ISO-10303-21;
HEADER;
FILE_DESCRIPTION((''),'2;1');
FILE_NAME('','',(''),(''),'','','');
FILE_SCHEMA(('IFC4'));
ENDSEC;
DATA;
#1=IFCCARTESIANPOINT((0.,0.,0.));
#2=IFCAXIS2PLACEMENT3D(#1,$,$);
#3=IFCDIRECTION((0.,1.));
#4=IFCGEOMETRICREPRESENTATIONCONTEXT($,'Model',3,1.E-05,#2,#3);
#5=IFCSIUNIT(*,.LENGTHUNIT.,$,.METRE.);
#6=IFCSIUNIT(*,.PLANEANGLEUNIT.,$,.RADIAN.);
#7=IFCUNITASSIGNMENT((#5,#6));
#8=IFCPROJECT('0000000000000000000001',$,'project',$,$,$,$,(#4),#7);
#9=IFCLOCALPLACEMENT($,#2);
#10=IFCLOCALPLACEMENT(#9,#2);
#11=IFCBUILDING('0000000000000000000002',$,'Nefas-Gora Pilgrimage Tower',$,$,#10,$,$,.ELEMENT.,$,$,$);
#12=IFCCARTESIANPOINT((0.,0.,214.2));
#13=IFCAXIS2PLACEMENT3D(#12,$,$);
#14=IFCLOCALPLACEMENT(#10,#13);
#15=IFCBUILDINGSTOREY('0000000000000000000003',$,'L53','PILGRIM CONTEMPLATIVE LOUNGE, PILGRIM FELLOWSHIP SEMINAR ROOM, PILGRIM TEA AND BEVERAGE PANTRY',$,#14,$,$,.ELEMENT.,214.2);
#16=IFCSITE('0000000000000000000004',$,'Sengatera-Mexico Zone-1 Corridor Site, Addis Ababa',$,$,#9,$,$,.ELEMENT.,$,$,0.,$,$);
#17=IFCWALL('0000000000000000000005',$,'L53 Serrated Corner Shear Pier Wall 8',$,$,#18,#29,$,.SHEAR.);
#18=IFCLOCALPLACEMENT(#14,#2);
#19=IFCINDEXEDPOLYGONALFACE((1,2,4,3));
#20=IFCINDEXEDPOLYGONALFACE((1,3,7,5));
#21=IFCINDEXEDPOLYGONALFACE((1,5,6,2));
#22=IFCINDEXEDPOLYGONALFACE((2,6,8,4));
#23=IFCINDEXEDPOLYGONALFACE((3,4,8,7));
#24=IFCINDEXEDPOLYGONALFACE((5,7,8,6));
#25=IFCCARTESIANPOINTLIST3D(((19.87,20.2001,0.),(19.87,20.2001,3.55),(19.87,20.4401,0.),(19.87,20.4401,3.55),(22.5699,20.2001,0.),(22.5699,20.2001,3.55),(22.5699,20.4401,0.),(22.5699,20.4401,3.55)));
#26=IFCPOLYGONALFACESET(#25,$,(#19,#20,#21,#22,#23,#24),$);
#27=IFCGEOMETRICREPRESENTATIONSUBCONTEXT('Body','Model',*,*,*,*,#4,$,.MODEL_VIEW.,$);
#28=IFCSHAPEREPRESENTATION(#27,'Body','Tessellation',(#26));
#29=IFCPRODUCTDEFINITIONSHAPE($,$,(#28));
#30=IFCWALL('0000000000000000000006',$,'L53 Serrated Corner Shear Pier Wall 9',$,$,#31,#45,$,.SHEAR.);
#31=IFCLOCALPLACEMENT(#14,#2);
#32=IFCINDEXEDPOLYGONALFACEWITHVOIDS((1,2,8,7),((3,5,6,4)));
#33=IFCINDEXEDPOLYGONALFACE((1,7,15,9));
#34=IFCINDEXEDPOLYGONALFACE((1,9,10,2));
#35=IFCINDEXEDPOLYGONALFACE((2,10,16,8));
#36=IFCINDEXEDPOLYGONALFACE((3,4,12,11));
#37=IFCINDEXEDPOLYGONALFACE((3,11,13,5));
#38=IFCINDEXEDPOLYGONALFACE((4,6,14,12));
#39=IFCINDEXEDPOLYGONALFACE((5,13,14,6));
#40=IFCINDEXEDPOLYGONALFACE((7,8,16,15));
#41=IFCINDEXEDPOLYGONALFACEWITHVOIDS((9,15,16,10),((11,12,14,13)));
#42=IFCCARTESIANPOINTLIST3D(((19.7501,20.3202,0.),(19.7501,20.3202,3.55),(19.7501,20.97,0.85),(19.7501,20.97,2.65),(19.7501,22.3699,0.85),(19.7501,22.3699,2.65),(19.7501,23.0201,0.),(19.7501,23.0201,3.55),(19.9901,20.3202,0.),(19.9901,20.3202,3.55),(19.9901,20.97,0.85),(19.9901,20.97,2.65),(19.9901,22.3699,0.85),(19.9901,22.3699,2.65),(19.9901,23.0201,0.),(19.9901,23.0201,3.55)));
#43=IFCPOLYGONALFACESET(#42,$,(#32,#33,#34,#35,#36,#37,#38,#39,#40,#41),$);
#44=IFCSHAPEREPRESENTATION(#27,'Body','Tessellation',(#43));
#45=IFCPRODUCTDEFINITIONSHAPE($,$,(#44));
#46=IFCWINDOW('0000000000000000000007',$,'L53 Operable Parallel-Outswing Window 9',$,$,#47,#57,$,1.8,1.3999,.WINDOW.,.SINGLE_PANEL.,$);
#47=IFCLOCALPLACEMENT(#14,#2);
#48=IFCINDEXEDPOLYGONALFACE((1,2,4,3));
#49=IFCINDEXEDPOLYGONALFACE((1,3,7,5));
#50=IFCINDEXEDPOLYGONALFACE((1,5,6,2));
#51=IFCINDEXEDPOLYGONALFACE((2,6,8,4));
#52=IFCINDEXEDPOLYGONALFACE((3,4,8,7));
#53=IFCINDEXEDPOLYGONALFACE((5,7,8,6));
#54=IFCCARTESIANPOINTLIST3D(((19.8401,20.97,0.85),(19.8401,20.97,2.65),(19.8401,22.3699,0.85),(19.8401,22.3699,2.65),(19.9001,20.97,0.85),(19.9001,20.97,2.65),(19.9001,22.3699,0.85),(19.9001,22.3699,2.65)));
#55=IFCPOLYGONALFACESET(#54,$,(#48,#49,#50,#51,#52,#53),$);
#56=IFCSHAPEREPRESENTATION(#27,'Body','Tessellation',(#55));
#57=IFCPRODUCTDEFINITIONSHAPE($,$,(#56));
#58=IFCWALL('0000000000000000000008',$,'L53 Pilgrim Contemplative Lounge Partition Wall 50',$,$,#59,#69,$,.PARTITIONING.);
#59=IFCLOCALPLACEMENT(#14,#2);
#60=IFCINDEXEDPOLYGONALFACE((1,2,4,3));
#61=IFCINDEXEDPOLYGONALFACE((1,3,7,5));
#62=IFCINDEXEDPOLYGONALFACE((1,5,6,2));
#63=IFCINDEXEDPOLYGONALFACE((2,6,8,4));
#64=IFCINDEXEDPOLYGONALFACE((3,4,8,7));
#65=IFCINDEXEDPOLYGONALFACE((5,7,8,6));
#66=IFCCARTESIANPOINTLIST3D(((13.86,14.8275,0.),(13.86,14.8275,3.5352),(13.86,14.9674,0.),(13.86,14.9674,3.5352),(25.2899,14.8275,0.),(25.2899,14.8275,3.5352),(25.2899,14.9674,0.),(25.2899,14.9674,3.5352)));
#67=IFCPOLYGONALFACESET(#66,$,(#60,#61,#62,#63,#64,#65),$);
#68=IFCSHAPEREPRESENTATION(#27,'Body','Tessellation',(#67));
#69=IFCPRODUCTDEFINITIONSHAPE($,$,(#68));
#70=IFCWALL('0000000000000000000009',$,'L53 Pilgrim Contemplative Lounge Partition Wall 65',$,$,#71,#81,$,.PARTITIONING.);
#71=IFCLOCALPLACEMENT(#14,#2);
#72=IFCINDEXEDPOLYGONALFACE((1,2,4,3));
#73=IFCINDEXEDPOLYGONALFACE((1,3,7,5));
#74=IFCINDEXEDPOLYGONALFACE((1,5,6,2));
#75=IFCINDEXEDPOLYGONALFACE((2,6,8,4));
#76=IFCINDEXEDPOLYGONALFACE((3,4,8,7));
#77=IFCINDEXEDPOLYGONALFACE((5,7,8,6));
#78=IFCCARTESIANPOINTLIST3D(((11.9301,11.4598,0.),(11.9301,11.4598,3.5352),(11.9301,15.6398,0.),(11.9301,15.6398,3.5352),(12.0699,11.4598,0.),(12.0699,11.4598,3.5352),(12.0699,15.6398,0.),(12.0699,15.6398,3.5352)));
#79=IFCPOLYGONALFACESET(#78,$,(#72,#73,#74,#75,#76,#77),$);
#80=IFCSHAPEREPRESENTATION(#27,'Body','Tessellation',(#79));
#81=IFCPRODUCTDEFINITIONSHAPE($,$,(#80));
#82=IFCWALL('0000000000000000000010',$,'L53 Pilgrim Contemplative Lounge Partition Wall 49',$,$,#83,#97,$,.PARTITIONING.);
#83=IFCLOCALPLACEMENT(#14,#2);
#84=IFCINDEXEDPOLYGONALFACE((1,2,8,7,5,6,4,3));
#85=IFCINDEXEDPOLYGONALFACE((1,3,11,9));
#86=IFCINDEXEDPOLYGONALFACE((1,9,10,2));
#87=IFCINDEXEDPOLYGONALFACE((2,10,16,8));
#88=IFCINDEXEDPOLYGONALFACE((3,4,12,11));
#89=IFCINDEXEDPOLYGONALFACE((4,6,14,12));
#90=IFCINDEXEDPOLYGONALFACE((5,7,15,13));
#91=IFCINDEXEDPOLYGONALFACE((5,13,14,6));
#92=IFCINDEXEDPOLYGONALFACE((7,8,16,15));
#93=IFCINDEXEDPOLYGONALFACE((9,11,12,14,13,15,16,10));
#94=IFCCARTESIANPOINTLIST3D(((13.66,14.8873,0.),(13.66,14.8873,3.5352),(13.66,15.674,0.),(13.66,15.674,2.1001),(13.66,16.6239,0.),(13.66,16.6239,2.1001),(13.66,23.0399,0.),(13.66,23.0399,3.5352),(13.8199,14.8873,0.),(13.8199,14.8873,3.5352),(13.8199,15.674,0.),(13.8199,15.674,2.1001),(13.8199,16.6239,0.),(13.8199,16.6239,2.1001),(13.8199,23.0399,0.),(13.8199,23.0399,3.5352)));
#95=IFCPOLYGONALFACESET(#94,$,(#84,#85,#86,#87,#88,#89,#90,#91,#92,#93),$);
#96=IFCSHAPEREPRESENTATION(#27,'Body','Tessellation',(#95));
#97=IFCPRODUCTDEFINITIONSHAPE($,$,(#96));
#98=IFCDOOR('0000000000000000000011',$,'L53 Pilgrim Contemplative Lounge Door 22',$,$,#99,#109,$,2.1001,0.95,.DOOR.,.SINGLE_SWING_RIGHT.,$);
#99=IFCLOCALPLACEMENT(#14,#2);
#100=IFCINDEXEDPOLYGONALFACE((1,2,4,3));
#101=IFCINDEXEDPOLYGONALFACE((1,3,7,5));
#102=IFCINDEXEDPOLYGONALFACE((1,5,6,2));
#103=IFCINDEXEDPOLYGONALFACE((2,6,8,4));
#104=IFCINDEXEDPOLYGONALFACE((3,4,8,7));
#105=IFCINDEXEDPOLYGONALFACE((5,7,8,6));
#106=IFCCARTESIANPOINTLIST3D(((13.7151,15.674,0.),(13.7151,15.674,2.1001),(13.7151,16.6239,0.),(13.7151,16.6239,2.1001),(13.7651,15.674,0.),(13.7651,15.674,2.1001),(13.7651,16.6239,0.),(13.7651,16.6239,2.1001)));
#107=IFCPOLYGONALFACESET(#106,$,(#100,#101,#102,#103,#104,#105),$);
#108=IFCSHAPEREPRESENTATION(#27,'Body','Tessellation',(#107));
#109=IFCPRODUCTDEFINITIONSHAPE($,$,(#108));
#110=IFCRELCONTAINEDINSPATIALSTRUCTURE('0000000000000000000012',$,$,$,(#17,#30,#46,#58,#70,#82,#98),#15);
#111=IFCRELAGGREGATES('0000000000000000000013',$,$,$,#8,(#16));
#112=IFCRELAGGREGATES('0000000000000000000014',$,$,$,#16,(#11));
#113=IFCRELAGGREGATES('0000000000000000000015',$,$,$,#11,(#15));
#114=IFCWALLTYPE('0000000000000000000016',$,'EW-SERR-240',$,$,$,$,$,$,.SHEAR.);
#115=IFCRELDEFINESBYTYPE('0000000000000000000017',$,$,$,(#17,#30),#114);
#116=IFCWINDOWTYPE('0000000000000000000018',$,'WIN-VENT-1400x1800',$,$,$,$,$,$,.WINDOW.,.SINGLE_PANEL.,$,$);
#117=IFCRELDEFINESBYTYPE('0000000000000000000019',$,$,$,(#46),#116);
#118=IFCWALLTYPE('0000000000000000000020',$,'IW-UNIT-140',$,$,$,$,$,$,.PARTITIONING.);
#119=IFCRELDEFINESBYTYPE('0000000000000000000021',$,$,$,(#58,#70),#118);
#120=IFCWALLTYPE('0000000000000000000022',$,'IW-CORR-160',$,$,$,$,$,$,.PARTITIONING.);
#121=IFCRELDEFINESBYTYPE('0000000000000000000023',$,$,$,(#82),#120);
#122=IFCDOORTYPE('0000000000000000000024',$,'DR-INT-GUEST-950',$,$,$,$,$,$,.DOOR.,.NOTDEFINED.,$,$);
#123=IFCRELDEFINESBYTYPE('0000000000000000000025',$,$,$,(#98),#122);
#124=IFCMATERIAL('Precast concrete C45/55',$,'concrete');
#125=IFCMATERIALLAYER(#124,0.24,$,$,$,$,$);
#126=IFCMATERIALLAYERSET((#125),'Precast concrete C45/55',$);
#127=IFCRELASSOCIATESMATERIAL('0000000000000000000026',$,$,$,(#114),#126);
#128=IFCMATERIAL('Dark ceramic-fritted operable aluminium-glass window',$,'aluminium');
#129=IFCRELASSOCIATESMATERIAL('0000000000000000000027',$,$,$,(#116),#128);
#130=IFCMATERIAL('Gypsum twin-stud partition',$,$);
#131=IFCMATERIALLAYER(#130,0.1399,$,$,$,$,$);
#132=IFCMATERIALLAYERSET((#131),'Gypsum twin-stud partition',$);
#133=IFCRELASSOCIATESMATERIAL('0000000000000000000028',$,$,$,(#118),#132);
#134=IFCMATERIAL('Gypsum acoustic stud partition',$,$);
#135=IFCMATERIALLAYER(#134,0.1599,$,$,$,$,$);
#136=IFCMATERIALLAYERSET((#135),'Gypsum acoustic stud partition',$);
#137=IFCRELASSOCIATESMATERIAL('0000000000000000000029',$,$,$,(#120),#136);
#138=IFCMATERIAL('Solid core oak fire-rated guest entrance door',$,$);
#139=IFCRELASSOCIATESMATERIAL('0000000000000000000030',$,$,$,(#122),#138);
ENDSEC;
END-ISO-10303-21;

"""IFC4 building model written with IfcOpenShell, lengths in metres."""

from ifc_helpers import new_model, si_unit, direction, frame, frame_2d, origin, place, context, subcontext, project, spatial, rectangle, extrude, source, transform, mapped, material, layer, layer_set, type_object, element, fill, save


model = new_model("IFC4")

# Units and contexts
model_context = context("Model", 3, precision=1e-05, world=origin(), true_north=direction((0.0, 1.0)))
body_context = subcontext(model_context, "Body", "Model", "MODEL_VIEW")
ifc_project = project(units=[si_unit("LENGTHUNIT", "METRE"), si_unit("PLANEANGLEUNIT", "RADIAN")], contexts=[model_context])

# Site, building, storey
site_placement = place(None, origin())
site = spatial("IfcSite", under=ifc_project, at=site_placement, Name="Sengatera-Mexico Zone-1 Corridor Site, Addis Ababa", CompositionType="ELEMENT", RefElevation=0.0)
building_placement = place(site_placement, origin())
building = spatial("IfcBuilding", under=site, at=building_placement, Name="Nefas-Gora Pilgrimage Tower", CompositionType="ELEMENT")
storey_placement = place(building_placement, frame((0.0, 0.0, 214.2)))
storey = spatial("IfcBuildingStorey", under=building, at=storey_placement, Name="L53", Description="PILGRIM CONTEMPLATIVE LOUNGE, PILGRIM FELLOWSHIP SEMINAR ROOM, PILGRIM TEA AND BEVERAGE PANTRY", CompositionType="ELEMENT", Elevation=214.2)

# Wall
ifc_material_1 = material(Name="Precast concrete C45/55", Category="concrete")
ifc_layer_1 = layer(ifc_material_1, 0.24)
ifc_layer_set_1 = layer_set([ifc_layer_1], Name="Precast concrete C45/55")
wall_type_1 = type_object("IfcWallType", Name="EW-SERR-240", PredefinedType="SHEAR", material=ifc_layer_set_1)
shared_shape_1 = source(origin(), body_context, "Body", "SweptSolid", [
    extrude(rectangle(XDim=2.7, YDim=0.24, at=frame_2d((1.3501, 0.0))), origin(), (0.0, 0.0, 1.0), 3.55),
])
for number, where, z_axis, x_axis, name in (
    (1, (22.5701, 20.3201, 0.0), (0.0, 0.0, 1.0), (-1.0, 0.0, 0.0), "L53 Serrated Corner Shear Pier Wall 8"),
):
    element("IfcWall", number, at=place(storey_placement, frame(where, z_axis=z_axis, x_axis=x_axis)), inside=storey, type_object=wall_type_1, Name=name, PredefinedType="SHEAR", context=body_context, shape_type="MappedRepresentation", body=[
        mapped(shared_shape_1, transform((0.0, 0.0, 0.0), x_axis=(1.0, 0.0, 0.0), y_axis=(0.0, 1.0, 0.0), z_axis=(0.0, 0.0, 1.0), scale=1.0)),
    ])

# Wall, opening, window
wall_1_placement = place(storey_placement, frame((19.8701, 20.3201, 0.0), z_axis=(0.0, 0.0, 1.0), x_axis=(0.0, 1.0, 0.0)))
wall_1 = element("IfcWall", 2, at=wall_1_placement, inside=storey, type_object=wall_type_1, Name="L53 Serrated Corner Shear Pier Wall 9", PredefinedType="SHEAR", context=body_context, shape_type="MappedRepresentation", body=[
    mapped(shared_shape_1, transform((0.0, 0.0, 0.0), x_axis=(1.0, 0.0, 0.0), y_axis=(0.0, 1.0, 0.0), z_axis=(0.0, 0.0, 1.0), scale=1.0)),
])
opening_1_placement = place(wall_1_placement, frame((0.6499, 0.0, 0.8501)))
opening_1 = element("IfcOpeningElement", 3, at=opening_1_placement, cuts=wall_1, PredefinedType="OPENING", context=body_context, shape_type="SweptSolid", body=[
    extrude(rectangle(XDim=1.3999, YDim=1.8, at=frame_2d((0.7, 0.8999))), frame((0.0, 0.1299, 0.0), z_axis=(0.0, -1.0, 0.0), x_axis=(1.0, 0.0, 0.0)), (0.0, 0.0, 1.0), 0.26),
])
ifc_material_2 = material(Name="Dark ceramic-fritted operable aluminium-glass window", Category="aluminium")
window_type = type_object("IfcWindowType", Name="WIN-VENT-1400x1800", PartitioningType="SINGLE_PANEL", PredefinedType="WINDOW", material=ifc_material_2)
shared_shape_2 = source(origin(), body_context, "Body", "SweptSolid", [
    extrude(rectangle(XDim=1.3999, YDim=1.8, at=frame_2d((0.7, 0.8999))), frame((0.0, 0.03, 0.0), z_axis=(0.0, -1.0, 0.0), x_axis=(1.0, 0.0, 0.0)), (0.0, 0.0, 1.0), 0.0601),
])
window_placement = place(opening_1_placement, origin())
window = element("IfcWindow", 4, at=window_placement, inside=storey, type_object=window_type, Name="L53 Operable Parallel-Outswing Window 9", OverallHeight=1.8, OverallWidth=1.3999, PartitioningType="SINGLE_PANEL", PredefinedType="WINDOW", context=body_context, shape_type="MappedRepresentation", body=[
    mapped(shared_shape_2, transform((0.0, 0.0, 0.0), x_axis=(1.0, 0.0, 0.0), y_axis=(0.0, 1.0, 0.0), z_axis=(0.0, 0.0, 1.0), scale=1.0)),
])
fill(opening_1, window)

# Walls
ifc_material_3 = material(Name="Gypsum twin-stud partition")
ifc_layer_2 = layer(ifc_material_3, 0.1399)
ifc_layer_set_2 = layer_set([ifc_layer_2], Name="Gypsum twin-stud partition")
wall_type_2 = type_object("IfcWallType", Name="IW-UNIT-140", PredefinedType="PARTITIONING", material=ifc_layer_set_2)
shared_shape_3 = source(origin(), body_context, "Body", "SweptSolid", [
    extrude(rectangle(XDim=11.4299, YDim=0.1399, at=frame_2d((5.7148, 0.0))), origin(), (0.0, 0.0, 1.0), 3.5352),
])
wall_2_placement = place(storey_placement, frame((13.8601, 14.8975, 0.0), z_axis=(0.0, 0.0, 1.0), x_axis=(1.0, 0.0, 0.0)))
element("IfcWall", 5, at=wall_2_placement, inside=storey, type_object=wall_type_2, Name="L53 Pilgrim Contemplative Lounge Partition Wall 50", PredefinedType="PARTITIONING", context=body_context, shape_type="MappedRepresentation", body=[
    mapped(shared_shape_3, transform((0.0, 0.0, 0.0), x_axis=(1.0, 0.0, 0.0), y_axis=(0.0, 1.0, 0.0), z_axis=(0.0, 0.0, 1.0), scale=1.0)),
])
shared_shape_4 = source(origin(), body_context, "Body", "SweptSolid", [
    extrude(rectangle(XDim=4.1799, YDim=0.1399, at=frame_2d((2.0898, 0.0))), origin(), (0.0, 0.0, 1.0), 3.5352),
])
wall_3_placement = place(storey_placement, frame((12.0, 11.46, 0.0), z_axis=(0.0, 0.0, 1.0), x_axis=(0.0, 1.0, 0.0)))
element("IfcWall", 6, at=wall_3_placement, inside=storey, type_object=wall_type_2, Name="L53 Pilgrim Contemplative Lounge Partition Wall 65", PredefinedType="PARTITIONING", context=body_context, shape_type="MappedRepresentation", body=[
    mapped(shared_shape_4, transform((0.0, 0.0, 0.0), x_axis=(1.0, 0.0, 0.0), y_axis=(0.0, 1.0, 0.0), z_axis=(0.0, 0.0, 1.0), scale=1.0)),
])

# Wall, opening, door
ifc_material_4 = material(Name="Gypsum acoustic stud partition")
ifc_layer_3 = layer(ifc_material_4, 0.1599)
ifc_layer_set_3 = layer_set([ifc_layer_3], Name="Gypsum acoustic stud partition")
wall_type_3 = type_object("IfcWallType", Name="IW-CORR-160", PredefinedType="PARTITIONING", material=ifc_layer_set_3)
shared_shape_5 = source(origin(), body_context, "Body", "SweptSolid", [
    extrude(rectangle(XDim=8.1526, YDim=0.1599, at=frame_2d((4.0762, 0.0))), origin(), (0.0, 0.0, 1.0), 3.5352),
])
wall_4_placement = place(storey_placement, frame((13.74, 14.8875, 0.0), z_axis=(0.0, 0.0, 1.0), x_axis=(0.0, 1.0, 0.0)))
wall_4 = element("IfcWall", 7, at=wall_4_placement, inside=storey, type_object=wall_type_3, Name="L53 Pilgrim Contemplative Lounge Partition Wall 49", PredefinedType="PARTITIONING", context=body_context, shape_type="MappedRepresentation", body=[
    mapped(shared_shape_5, transform((0.0, 0.0, 0.0), x_axis=(1.0, 0.0, 0.0), y_axis=(0.0, 1.0, 0.0), z_axis=(0.0, 0.0, 1.0), scale=1.0)),
])
opening_2_placement = place(wall_4_placement, frame((0.7864, 0.0, 0.0)))
opening_2 = element("IfcOpeningElement", 8, at=opening_2_placement, cuts=wall_4, PredefinedType="OPENING", context=body_context, shape_type="SweptSolid", body=[
    extrude(rectangle(XDim=0.95, YDim=2.1001, at=frame_2d((0.4751, 1.05))), frame((0.0, 0.0898, 0.0), z_axis=(0.0, -1.0, 0.0), x_axis=(1.0, 0.0, 0.0)), (0.0, 0.0, 1.0), 0.1799),
])
ifc_material_5 = material(Name="Solid core oak fire-rated guest entrance door")
door_type = type_object("IfcDoorType", Name="DR-INT-GUEST-950", OperationType="NOTDEFINED", PredefinedType="DOOR", material=ifc_material_5)
shared_shape_6 = source(origin(), body_context, "Body", "SweptSolid", [
    extrude(rectangle(XDim=0.95, YDim=2.1001, at=frame_2d((0.4751, 1.05))), frame((0.0, 0.0249, 0.0), z_axis=(0.0, -1.0, 0.0), x_axis=(1.0, 0.0, 0.0)), (0.0, 0.0, 1.0), 0.05),
])
door_placement = place(opening_2_placement, origin())
door = element("IfcDoor", 9, at=door_placement, inside=storey, type_object=door_type, Name="L53 Pilgrim Contemplative Lounge Door 22", OperationType="SINGLE_SWING_RIGHT", OverallHeight=2.1001, OverallWidth=0.95, PredefinedType="DOOR", context=body_context, shape_type="MappedRepresentation", body=[
    mapped(shared_shape_6, transform((0.0, 0.0, 0.0), x_axis=(1.0, 0.0, 0.0), y_axis=(0.0, 1.0, 0.0), z_axis=(0.0, 0.0, 1.0), scale=1.0)),
])
fill(opening_2, door)

save(model, "model.ifc")
